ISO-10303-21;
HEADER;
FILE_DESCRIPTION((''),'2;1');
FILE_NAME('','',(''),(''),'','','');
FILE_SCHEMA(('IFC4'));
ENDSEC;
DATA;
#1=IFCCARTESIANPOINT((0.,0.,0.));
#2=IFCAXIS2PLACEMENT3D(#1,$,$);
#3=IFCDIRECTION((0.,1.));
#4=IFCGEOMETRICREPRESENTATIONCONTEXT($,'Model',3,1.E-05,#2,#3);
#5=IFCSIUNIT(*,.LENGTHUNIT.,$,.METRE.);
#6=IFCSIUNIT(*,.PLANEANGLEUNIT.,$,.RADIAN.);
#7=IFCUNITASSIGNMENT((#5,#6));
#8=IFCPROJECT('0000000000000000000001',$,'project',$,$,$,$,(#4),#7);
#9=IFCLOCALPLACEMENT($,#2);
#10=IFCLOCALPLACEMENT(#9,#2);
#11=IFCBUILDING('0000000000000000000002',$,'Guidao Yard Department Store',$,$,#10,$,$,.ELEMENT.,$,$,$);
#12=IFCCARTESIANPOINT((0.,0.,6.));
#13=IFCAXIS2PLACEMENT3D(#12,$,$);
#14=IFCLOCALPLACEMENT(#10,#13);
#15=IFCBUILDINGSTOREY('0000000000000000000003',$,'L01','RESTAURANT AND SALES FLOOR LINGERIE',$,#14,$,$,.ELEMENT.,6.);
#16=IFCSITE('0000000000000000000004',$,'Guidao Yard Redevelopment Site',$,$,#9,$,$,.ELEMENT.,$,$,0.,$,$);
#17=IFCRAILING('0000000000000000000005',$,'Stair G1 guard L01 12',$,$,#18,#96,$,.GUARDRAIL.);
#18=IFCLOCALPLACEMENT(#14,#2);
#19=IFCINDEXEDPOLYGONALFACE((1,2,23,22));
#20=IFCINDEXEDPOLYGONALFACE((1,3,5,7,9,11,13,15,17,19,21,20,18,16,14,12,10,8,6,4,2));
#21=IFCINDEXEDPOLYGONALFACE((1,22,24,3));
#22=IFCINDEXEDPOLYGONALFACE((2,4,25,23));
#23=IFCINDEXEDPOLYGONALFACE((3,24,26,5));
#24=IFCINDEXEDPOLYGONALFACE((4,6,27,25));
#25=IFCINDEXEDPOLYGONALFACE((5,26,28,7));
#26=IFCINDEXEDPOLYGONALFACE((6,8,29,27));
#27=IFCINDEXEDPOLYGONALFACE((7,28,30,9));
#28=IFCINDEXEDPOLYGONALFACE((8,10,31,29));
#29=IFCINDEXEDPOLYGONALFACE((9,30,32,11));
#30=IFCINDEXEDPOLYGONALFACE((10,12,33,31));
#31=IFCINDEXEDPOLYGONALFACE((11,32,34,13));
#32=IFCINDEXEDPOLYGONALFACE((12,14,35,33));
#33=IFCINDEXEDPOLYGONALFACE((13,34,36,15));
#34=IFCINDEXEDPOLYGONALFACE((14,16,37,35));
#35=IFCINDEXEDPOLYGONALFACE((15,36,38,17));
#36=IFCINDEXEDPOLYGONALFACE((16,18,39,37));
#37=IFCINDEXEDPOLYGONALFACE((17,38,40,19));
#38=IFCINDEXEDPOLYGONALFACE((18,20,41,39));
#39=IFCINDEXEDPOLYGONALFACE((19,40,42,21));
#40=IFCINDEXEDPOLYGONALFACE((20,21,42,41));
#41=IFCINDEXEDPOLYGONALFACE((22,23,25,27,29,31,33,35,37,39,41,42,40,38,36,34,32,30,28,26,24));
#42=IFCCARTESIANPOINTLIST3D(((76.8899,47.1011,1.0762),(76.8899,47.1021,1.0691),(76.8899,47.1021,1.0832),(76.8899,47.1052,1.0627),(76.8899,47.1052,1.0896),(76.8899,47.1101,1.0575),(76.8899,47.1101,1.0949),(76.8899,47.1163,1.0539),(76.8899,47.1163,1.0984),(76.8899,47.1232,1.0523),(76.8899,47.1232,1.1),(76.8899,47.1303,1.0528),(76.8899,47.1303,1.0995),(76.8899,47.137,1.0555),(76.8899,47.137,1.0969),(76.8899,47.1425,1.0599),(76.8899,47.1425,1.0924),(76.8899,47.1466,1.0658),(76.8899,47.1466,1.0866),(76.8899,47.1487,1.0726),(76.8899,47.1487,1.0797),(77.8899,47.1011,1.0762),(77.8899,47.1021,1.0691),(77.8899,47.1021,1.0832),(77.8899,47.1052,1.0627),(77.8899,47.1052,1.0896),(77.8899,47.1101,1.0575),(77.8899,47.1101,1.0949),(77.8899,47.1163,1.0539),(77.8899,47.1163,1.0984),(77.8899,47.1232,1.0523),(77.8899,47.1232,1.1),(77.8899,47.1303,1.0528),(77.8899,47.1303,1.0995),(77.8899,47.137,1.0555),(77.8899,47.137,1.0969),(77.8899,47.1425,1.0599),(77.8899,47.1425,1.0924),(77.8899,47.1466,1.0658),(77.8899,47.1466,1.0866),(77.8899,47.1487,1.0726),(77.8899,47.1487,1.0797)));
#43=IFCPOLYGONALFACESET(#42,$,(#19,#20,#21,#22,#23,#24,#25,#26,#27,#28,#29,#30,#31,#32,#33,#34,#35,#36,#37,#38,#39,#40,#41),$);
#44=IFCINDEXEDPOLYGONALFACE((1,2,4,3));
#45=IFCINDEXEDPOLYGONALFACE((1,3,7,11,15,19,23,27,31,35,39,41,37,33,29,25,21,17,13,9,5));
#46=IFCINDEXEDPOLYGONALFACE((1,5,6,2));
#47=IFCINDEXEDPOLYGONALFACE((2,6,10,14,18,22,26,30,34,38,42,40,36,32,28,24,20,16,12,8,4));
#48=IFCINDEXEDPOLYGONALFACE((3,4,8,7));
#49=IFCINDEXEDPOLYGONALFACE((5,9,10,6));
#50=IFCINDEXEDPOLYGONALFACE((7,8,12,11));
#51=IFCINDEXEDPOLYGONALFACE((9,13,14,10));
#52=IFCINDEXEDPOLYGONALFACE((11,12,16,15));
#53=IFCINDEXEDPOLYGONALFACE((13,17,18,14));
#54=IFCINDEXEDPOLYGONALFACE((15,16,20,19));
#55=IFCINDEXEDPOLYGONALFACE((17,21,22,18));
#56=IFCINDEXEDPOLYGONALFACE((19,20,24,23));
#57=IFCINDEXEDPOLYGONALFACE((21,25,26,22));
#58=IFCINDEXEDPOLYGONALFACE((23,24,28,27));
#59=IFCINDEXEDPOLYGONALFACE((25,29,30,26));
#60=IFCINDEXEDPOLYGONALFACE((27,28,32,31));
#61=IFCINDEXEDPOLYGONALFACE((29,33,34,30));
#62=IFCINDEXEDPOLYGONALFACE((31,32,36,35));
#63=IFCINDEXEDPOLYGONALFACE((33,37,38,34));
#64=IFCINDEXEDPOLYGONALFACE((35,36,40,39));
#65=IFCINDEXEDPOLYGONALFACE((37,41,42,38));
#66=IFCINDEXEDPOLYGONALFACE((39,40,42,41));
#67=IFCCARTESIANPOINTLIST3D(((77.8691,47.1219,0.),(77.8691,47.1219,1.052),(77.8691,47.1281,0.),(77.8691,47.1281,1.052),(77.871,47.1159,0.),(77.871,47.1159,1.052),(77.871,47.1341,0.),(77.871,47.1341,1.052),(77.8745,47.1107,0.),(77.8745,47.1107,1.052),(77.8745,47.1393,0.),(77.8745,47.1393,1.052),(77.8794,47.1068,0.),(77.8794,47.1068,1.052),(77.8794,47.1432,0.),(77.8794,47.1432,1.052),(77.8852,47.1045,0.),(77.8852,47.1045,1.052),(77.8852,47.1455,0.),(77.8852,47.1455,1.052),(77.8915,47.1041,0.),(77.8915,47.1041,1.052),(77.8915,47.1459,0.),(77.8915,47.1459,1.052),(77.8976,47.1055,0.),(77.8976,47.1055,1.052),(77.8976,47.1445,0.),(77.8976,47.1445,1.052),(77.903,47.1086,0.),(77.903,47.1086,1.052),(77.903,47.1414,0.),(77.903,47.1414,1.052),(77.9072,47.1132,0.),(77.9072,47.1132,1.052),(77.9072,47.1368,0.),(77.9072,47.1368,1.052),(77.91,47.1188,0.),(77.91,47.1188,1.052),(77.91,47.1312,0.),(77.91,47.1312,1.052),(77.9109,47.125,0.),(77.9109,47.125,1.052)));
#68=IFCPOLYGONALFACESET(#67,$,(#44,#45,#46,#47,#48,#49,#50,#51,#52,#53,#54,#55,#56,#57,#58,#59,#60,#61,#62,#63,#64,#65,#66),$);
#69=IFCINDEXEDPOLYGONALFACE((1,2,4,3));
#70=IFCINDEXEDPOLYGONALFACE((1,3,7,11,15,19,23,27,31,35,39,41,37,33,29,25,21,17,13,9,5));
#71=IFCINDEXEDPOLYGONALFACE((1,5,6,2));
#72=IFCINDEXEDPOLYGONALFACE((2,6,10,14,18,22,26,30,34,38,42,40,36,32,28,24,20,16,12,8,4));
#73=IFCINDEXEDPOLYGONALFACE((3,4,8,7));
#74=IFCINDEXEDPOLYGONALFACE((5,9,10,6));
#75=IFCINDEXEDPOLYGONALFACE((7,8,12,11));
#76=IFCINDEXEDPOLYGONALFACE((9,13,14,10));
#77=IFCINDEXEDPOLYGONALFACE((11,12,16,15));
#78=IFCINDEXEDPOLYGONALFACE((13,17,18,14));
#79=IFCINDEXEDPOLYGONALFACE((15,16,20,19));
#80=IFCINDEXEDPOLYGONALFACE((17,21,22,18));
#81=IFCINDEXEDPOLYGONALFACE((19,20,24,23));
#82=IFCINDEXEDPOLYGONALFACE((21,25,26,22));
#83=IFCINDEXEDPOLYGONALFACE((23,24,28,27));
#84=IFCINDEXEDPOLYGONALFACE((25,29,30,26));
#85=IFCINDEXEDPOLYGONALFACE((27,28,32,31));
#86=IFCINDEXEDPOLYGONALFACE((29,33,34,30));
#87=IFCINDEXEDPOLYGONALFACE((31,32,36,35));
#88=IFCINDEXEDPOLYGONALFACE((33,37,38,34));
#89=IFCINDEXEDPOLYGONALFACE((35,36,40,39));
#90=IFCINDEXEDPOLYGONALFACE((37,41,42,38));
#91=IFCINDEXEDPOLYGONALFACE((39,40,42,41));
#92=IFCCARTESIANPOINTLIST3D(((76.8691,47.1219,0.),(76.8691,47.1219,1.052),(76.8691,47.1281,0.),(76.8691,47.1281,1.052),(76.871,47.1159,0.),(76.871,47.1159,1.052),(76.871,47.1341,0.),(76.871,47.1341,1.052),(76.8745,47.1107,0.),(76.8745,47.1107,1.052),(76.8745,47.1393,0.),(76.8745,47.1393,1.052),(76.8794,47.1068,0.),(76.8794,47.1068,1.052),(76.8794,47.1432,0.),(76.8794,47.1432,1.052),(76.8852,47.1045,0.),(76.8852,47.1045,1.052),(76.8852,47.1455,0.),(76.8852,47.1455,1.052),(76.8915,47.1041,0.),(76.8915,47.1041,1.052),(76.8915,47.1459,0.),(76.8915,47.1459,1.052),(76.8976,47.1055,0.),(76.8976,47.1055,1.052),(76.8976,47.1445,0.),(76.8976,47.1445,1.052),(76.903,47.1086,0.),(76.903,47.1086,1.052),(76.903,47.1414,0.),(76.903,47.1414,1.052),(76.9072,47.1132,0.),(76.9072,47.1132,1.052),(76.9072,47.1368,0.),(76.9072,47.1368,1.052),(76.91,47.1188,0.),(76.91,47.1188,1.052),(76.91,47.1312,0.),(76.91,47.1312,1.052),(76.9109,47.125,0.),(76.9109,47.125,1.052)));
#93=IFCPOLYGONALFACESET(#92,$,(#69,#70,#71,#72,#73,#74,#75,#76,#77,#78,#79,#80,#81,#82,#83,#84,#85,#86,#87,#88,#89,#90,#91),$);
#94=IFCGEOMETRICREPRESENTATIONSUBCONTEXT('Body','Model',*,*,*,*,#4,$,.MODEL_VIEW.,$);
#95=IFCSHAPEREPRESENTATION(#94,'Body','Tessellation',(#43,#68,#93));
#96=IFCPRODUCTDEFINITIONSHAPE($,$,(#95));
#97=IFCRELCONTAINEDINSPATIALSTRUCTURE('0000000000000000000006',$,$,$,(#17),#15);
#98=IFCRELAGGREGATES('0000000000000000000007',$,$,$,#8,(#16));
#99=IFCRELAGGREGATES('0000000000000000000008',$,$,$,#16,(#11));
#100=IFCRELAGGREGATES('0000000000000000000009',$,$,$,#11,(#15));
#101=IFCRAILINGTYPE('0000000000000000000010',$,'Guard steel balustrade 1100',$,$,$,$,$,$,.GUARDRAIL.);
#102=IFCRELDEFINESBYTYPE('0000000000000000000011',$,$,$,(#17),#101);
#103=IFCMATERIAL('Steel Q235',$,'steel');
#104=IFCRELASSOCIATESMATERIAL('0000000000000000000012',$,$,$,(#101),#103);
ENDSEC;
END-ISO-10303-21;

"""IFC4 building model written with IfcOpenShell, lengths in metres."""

from ifc_helpers import new_model, si_unit, direction, frame, origin, origin_2d, place, context, subcontext, project, spatial, circle, extrude, material, type_object, element, save


model = new_model("IFC4")

# Units and contexts
model_context = context("Model", 3, precision=1e-05, world=origin(), true_north=direction((0.0, 1.0)))
body_context = subcontext(model_context, "Body", "Model", "MODEL_VIEW")
ifc_project = project(units=[si_unit("LENGTHUNIT", "METRE"), si_unit("PLANEANGLEUNIT", "RADIAN")], contexts=[model_context])

# Site, building, storey
site_placement = place(None, origin())
site = spatial("IfcSite", under=ifc_project, at=site_placement, Name="Guidao Yard Redevelopment Site", CompositionType="ELEMENT", RefElevation=0.0)
building_placement = place(site_placement, origin())
building = spatial("IfcBuilding", under=site, at=building_placement, Name="Guidao Yard Department Store", CompositionType="ELEMENT")
storey_placement = place(building_placement, frame((0.0, 0.0, 6.0)))
storey = spatial("IfcBuildingStorey", under=building, at=storey_placement, Name="L01", Description="RESTAURANT AND SALES FLOOR LINGERIE", CompositionType="ELEMENT", Elevation=6.0)

# Railing
ifc_material_1 = material(Name="Steel Q235", Category="steel")
railing_type_1 = type_object("IfcRailingType", Name="Guard steel balustrade 1100", PredefinedType="GUARDRAIL", material=ifc_material_1)
railing_1_placement = place(storey_placement, frame((77.8899, 47.125, 0.0)))
element("IfcRailing", 1, at=railing_1_placement, inside=storey, type_object=railing_type_1, Name="Stair G1 guard L01 12", PredefinedType="GUARDRAIL", context=body_context, shape_type="SweptSolid", body=[
    extrude(circle(Radius=0.0239, at=origin_2d()), frame((0.0, 0.0, 1.0762), z_axis=(-1.0, 0.0, 0.0), x_axis=(0.0, -1.0, 0.0)), (0.0, 0.0, 1.0), 1.0),
    extrude(circle(Radius=0.021, at=origin_2d()), origin(), (0.0, 0.0, 1.0), 1.052),
    extrude(circle(Radius=0.021, at=origin_2d()), frame((-1.0, 0.0, 0.0)), (0.0, 0.0, 1.0), 1.052),
])

save(model, "model.ifc")
